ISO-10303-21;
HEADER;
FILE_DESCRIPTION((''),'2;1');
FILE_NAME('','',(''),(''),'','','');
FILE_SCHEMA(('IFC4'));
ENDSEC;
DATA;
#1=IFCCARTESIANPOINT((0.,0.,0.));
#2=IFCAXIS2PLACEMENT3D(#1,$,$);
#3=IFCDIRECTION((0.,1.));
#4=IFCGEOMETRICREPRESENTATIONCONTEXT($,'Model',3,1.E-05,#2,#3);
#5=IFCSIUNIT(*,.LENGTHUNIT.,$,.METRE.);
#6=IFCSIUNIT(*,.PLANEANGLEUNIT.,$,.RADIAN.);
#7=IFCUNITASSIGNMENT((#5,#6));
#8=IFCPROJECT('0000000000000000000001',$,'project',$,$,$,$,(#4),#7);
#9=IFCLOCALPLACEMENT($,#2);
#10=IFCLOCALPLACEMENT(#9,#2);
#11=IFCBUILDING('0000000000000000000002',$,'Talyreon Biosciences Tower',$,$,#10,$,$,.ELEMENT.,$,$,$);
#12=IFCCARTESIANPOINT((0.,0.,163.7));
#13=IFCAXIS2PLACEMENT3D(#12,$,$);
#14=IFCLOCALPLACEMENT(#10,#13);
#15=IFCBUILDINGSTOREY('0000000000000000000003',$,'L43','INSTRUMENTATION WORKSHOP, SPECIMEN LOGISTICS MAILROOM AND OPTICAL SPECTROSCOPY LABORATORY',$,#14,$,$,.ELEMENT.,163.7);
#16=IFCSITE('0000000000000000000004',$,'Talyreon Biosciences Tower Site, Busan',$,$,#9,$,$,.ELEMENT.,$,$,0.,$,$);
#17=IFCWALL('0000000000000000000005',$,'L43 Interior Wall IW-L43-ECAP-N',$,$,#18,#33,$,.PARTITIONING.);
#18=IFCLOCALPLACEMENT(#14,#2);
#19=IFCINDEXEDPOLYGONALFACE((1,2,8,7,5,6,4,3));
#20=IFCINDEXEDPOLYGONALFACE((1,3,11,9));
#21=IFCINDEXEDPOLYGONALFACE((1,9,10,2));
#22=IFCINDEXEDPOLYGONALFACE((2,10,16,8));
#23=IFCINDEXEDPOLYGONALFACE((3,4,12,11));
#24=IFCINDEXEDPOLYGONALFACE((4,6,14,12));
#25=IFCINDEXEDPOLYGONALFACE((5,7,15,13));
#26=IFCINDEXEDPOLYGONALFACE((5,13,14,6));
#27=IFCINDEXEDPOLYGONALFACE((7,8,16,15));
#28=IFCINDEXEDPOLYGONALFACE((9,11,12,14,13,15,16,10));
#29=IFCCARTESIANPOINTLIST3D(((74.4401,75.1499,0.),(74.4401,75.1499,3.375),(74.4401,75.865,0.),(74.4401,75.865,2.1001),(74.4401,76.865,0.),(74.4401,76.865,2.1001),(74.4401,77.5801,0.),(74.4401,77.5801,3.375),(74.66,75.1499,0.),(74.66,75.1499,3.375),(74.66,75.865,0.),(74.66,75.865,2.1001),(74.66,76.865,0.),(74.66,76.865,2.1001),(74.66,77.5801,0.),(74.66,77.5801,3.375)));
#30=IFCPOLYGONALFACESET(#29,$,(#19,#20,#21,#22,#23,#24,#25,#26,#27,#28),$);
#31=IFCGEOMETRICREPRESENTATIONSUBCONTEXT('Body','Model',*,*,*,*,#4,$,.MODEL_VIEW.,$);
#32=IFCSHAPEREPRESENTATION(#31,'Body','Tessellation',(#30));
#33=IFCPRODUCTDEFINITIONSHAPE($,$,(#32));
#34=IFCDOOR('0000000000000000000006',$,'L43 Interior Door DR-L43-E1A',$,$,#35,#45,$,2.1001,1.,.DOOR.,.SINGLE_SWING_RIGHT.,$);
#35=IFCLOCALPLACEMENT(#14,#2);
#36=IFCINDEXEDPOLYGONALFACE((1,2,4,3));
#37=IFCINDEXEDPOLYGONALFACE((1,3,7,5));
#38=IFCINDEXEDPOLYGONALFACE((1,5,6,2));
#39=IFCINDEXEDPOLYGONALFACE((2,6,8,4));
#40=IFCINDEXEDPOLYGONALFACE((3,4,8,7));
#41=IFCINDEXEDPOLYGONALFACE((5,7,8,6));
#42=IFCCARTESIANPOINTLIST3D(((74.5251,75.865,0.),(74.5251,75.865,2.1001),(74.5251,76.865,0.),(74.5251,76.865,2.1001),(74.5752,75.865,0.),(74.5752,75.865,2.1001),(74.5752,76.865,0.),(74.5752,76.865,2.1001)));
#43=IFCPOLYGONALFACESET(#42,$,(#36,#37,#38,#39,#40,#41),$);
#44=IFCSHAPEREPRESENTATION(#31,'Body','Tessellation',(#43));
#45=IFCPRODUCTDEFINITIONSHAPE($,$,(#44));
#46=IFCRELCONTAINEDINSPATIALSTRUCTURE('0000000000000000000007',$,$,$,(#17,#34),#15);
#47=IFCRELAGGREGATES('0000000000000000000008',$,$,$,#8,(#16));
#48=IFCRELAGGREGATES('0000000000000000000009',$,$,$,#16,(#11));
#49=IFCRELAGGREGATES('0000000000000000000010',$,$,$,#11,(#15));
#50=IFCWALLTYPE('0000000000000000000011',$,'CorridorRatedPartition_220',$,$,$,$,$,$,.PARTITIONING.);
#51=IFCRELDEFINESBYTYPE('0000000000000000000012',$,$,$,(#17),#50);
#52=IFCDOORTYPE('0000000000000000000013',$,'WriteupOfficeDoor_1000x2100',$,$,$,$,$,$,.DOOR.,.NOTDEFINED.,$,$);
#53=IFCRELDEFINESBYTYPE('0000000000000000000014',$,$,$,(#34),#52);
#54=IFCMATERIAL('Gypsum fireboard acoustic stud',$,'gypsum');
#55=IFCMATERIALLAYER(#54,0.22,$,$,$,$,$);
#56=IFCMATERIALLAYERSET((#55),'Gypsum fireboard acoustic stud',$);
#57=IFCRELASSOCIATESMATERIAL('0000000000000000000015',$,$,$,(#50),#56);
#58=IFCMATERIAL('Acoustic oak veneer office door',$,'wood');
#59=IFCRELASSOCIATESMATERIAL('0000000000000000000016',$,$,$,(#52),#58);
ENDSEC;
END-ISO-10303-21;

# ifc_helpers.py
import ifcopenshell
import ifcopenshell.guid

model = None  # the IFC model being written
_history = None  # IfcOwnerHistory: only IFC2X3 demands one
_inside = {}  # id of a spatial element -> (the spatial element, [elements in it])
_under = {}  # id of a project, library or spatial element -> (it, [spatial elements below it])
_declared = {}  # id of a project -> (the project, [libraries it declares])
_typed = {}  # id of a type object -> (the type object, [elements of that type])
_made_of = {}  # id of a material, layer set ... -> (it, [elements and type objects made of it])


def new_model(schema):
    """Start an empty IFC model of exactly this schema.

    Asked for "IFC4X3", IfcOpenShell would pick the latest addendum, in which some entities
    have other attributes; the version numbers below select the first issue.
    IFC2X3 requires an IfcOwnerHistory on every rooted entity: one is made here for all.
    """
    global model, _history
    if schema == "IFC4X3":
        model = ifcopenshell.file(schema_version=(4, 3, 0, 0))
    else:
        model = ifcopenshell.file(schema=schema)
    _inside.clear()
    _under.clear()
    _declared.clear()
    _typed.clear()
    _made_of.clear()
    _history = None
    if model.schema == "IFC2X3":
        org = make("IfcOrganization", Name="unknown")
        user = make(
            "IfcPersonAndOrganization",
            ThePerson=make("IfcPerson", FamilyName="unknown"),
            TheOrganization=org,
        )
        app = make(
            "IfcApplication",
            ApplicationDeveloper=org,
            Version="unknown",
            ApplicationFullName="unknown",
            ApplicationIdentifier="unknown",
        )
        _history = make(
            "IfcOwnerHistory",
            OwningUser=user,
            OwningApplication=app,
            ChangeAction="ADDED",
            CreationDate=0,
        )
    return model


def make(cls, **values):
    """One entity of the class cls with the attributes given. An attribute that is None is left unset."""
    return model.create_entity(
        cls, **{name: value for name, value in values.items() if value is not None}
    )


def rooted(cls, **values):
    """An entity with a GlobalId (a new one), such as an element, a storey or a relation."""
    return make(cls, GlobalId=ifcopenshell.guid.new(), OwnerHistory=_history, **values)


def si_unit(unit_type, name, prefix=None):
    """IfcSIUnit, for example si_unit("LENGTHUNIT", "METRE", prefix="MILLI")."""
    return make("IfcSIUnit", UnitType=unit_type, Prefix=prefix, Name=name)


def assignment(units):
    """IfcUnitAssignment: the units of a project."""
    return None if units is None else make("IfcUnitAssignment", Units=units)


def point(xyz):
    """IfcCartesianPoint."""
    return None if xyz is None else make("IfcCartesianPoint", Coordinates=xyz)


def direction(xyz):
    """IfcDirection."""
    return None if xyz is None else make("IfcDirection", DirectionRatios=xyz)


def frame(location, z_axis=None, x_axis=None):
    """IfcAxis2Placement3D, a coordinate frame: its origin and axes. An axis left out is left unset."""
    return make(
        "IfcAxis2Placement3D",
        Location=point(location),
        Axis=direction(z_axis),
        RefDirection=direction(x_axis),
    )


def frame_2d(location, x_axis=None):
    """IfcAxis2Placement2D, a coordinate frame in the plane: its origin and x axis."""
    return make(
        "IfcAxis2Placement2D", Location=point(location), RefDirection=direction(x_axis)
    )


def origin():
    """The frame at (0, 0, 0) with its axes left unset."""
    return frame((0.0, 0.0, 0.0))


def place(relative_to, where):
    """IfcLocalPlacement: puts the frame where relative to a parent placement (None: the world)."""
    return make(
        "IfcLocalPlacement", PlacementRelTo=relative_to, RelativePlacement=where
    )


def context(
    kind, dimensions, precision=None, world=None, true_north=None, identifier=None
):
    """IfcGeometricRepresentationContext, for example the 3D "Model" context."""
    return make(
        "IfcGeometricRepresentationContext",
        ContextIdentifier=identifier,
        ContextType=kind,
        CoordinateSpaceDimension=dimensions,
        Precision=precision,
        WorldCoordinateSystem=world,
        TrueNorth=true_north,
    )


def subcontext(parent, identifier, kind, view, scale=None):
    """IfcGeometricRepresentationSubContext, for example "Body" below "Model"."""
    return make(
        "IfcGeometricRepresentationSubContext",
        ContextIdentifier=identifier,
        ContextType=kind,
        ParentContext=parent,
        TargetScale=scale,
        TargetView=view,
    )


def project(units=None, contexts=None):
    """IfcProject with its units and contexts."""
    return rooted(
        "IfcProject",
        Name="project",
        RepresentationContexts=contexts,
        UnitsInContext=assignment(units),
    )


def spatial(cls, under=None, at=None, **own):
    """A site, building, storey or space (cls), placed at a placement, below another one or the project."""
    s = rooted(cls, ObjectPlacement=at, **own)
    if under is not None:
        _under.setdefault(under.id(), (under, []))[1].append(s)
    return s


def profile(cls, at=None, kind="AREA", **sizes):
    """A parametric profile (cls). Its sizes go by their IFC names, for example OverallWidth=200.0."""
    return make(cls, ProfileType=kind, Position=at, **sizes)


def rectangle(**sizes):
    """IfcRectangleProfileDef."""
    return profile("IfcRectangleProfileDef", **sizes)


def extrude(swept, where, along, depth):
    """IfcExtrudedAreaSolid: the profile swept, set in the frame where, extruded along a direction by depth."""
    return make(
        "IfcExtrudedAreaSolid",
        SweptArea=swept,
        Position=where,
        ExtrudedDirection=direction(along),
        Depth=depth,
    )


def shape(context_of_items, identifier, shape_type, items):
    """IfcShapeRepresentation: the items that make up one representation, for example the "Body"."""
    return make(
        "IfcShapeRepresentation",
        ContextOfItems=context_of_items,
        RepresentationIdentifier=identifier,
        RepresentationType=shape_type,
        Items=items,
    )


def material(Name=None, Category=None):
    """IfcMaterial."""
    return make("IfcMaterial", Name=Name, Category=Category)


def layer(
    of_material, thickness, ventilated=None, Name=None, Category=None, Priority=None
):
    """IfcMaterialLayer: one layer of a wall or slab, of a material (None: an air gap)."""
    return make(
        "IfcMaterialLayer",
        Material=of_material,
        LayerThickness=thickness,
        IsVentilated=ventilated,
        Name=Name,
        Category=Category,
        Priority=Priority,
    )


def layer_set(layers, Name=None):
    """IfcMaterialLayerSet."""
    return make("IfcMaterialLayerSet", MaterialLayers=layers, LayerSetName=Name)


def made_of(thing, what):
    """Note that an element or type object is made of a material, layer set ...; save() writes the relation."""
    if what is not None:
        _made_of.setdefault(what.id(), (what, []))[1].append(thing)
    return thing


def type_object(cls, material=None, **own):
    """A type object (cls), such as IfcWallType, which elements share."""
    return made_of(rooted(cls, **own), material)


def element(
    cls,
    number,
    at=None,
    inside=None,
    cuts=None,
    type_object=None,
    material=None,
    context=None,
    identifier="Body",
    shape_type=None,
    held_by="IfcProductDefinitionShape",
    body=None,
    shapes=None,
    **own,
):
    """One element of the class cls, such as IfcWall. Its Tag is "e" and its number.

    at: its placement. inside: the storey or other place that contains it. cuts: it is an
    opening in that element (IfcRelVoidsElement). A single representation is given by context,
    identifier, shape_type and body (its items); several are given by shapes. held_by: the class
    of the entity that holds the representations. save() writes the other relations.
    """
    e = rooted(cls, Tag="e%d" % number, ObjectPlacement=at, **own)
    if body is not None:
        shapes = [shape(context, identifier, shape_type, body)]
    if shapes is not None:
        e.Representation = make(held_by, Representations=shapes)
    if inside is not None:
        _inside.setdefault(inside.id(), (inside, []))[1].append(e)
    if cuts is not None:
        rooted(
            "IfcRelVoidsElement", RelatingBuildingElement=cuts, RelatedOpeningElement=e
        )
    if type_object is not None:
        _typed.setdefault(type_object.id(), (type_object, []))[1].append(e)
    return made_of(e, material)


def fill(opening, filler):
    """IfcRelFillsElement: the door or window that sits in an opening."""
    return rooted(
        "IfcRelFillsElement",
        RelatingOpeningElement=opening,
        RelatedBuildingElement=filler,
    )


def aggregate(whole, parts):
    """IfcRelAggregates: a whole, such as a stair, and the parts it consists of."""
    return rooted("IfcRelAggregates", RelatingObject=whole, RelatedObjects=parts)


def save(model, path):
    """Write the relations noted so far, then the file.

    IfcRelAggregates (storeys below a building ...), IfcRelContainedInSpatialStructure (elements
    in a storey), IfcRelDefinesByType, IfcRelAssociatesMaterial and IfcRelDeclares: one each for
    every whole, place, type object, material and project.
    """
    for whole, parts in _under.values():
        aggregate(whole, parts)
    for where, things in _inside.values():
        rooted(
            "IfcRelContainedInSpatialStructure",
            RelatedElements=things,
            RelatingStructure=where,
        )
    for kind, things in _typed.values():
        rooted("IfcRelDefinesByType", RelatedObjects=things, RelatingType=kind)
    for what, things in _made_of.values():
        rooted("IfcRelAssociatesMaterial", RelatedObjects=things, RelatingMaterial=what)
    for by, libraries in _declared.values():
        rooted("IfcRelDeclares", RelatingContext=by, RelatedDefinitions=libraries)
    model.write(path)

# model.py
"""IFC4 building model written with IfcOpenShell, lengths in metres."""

from ifc_helpers import new_model, si_unit, direction, frame, frame_2d, origin, place, context, subcontext, project, spatial, rectangle, extrude, material, layer, layer_set, type_object, element, fill, save


model = new_model("IFC4")

# Units and contexts
model_context = context("Model", 3, precision=1e-05, world=origin(), true_north=direction((0.0, 1.0)))
body_context = subcontext(model_context, "Body", "Model", "MODEL_VIEW")
ifc_project = project(units=[si_unit("LENGTHUNIT", "METRE"), si_unit("PLANEANGLEUNIT", "RADIAN")], contexts=[model_context])

# Site, building, storey
site_placement = place(None, origin())
site = spatial("IfcSite", under=ifc_project, at=site_placement, Name="Talyreon Biosciences Tower Site, Busan", CompositionType="ELEMENT", RefElevation=0.0)
building_placement = place(site_placement, origin())
building = spatial("IfcBuilding", under=site, at=building_placement, Name="Talyreon Biosciences Tower", CompositionType="ELEMENT")
storey_placement = place(building_placement, frame((0.0, 0.0, 163.7)))
storey = spatial("IfcBuildingStorey", under=building, at=storey_placement, Name="L43", Description="INSTRUMENTATION WORKSHOP, SPECIMEN LOGISTICS MAILROOM AND OPTICAL SPECTROSCOPY LABORATORY", CompositionType="ELEMENT", Elevation=163.7)

# Wall, opening, door
ifc_material_1 = material(Name="Gypsum fireboard acoustic stud", Category="gypsum")
ifc_layer_1 = layer(ifc_material_1, 0.22)
ifc_layer_set_1 = layer_set([ifc_layer_1], Name="Gypsum fireboard acoustic stud")
wall_type_1 = type_object("IfcWallType", Name="CorridorRatedPartition_220", PredefinedType="PARTITIONING", material=ifc_layer_set_1)
wall_1_placement = place(storey_placement, frame((74.55, 75.1499, 0.0), z_axis=(0.0, 0.0, 1.0), x_axis=(0.0, 1.0, 0.0)))
wall_1 = element("IfcWall", 1, at=wall_1_placement, inside=storey, type_object=wall_type_1, Name="L43 Interior Wall IW-L43-ECAP-N", PredefinedType="PARTITIONING", context=body_context, shape_type="SweptSolid", body=[
    extrude(rectangle(XDim=2.4302, YDim=0.22, at=frame_2d((1.2151, 0.0))), origin(), (0.0, 0.0, 1.0), 3.375),
])
opening_placement = place(wall_1_placement, frame((0.7151, 0.0, 0.0)))
opening = element("IfcOpeningElement", 2, at=opening_placement, cuts=wall_1, PredefinedType="OPENING", context=body_context, shape_type="SweptSolid", body=[
    extrude(rectangle(XDim=1.0, YDim=2.1001, at=frame_2d((0.5, 1.05))), frame((0.0, 0.1199, 0.0), z_axis=(0.0, -1.0, 0.0), x_axis=(1.0, 0.0, 0.0)), (0.0, 0.0, 1.0), 0.24),
])
ifc_material_2 = material(Name="Acoustic oak veneer office door", Category="wood")
door_type = type_object("IfcDoorType", Name="WriteupOfficeDoor_1000x2100", OperationType="NOTDEFINED", PredefinedType="DOOR", material=ifc_material_2)
door_placement = place(opening_placement, origin())
door = element("IfcDoor", 3, at=door_placement, inside=storey, type_object=door_type, Name="L43 Interior Door DR-L43-E1A", OperationType="SINGLE_SWING_RIGHT", OverallHeight=2.1001, OverallWidth=1.0, PredefinedType="DOOR", context=body_context, shape_type="SweptSolid", body=[
    extrude(rectangle(XDim=1.0, YDim=2.1001, at=frame_2d((0.5, 1.05))), frame((0.0, 0.0249, 0.0), z_axis=(0.0, -1.0, 0.0), x_axis=(1.0, 0.0, 0.0)), (0.0, 0.0, 1.0), 0.05),
])
fill(opening, door)

save(model, "model.ifc")
